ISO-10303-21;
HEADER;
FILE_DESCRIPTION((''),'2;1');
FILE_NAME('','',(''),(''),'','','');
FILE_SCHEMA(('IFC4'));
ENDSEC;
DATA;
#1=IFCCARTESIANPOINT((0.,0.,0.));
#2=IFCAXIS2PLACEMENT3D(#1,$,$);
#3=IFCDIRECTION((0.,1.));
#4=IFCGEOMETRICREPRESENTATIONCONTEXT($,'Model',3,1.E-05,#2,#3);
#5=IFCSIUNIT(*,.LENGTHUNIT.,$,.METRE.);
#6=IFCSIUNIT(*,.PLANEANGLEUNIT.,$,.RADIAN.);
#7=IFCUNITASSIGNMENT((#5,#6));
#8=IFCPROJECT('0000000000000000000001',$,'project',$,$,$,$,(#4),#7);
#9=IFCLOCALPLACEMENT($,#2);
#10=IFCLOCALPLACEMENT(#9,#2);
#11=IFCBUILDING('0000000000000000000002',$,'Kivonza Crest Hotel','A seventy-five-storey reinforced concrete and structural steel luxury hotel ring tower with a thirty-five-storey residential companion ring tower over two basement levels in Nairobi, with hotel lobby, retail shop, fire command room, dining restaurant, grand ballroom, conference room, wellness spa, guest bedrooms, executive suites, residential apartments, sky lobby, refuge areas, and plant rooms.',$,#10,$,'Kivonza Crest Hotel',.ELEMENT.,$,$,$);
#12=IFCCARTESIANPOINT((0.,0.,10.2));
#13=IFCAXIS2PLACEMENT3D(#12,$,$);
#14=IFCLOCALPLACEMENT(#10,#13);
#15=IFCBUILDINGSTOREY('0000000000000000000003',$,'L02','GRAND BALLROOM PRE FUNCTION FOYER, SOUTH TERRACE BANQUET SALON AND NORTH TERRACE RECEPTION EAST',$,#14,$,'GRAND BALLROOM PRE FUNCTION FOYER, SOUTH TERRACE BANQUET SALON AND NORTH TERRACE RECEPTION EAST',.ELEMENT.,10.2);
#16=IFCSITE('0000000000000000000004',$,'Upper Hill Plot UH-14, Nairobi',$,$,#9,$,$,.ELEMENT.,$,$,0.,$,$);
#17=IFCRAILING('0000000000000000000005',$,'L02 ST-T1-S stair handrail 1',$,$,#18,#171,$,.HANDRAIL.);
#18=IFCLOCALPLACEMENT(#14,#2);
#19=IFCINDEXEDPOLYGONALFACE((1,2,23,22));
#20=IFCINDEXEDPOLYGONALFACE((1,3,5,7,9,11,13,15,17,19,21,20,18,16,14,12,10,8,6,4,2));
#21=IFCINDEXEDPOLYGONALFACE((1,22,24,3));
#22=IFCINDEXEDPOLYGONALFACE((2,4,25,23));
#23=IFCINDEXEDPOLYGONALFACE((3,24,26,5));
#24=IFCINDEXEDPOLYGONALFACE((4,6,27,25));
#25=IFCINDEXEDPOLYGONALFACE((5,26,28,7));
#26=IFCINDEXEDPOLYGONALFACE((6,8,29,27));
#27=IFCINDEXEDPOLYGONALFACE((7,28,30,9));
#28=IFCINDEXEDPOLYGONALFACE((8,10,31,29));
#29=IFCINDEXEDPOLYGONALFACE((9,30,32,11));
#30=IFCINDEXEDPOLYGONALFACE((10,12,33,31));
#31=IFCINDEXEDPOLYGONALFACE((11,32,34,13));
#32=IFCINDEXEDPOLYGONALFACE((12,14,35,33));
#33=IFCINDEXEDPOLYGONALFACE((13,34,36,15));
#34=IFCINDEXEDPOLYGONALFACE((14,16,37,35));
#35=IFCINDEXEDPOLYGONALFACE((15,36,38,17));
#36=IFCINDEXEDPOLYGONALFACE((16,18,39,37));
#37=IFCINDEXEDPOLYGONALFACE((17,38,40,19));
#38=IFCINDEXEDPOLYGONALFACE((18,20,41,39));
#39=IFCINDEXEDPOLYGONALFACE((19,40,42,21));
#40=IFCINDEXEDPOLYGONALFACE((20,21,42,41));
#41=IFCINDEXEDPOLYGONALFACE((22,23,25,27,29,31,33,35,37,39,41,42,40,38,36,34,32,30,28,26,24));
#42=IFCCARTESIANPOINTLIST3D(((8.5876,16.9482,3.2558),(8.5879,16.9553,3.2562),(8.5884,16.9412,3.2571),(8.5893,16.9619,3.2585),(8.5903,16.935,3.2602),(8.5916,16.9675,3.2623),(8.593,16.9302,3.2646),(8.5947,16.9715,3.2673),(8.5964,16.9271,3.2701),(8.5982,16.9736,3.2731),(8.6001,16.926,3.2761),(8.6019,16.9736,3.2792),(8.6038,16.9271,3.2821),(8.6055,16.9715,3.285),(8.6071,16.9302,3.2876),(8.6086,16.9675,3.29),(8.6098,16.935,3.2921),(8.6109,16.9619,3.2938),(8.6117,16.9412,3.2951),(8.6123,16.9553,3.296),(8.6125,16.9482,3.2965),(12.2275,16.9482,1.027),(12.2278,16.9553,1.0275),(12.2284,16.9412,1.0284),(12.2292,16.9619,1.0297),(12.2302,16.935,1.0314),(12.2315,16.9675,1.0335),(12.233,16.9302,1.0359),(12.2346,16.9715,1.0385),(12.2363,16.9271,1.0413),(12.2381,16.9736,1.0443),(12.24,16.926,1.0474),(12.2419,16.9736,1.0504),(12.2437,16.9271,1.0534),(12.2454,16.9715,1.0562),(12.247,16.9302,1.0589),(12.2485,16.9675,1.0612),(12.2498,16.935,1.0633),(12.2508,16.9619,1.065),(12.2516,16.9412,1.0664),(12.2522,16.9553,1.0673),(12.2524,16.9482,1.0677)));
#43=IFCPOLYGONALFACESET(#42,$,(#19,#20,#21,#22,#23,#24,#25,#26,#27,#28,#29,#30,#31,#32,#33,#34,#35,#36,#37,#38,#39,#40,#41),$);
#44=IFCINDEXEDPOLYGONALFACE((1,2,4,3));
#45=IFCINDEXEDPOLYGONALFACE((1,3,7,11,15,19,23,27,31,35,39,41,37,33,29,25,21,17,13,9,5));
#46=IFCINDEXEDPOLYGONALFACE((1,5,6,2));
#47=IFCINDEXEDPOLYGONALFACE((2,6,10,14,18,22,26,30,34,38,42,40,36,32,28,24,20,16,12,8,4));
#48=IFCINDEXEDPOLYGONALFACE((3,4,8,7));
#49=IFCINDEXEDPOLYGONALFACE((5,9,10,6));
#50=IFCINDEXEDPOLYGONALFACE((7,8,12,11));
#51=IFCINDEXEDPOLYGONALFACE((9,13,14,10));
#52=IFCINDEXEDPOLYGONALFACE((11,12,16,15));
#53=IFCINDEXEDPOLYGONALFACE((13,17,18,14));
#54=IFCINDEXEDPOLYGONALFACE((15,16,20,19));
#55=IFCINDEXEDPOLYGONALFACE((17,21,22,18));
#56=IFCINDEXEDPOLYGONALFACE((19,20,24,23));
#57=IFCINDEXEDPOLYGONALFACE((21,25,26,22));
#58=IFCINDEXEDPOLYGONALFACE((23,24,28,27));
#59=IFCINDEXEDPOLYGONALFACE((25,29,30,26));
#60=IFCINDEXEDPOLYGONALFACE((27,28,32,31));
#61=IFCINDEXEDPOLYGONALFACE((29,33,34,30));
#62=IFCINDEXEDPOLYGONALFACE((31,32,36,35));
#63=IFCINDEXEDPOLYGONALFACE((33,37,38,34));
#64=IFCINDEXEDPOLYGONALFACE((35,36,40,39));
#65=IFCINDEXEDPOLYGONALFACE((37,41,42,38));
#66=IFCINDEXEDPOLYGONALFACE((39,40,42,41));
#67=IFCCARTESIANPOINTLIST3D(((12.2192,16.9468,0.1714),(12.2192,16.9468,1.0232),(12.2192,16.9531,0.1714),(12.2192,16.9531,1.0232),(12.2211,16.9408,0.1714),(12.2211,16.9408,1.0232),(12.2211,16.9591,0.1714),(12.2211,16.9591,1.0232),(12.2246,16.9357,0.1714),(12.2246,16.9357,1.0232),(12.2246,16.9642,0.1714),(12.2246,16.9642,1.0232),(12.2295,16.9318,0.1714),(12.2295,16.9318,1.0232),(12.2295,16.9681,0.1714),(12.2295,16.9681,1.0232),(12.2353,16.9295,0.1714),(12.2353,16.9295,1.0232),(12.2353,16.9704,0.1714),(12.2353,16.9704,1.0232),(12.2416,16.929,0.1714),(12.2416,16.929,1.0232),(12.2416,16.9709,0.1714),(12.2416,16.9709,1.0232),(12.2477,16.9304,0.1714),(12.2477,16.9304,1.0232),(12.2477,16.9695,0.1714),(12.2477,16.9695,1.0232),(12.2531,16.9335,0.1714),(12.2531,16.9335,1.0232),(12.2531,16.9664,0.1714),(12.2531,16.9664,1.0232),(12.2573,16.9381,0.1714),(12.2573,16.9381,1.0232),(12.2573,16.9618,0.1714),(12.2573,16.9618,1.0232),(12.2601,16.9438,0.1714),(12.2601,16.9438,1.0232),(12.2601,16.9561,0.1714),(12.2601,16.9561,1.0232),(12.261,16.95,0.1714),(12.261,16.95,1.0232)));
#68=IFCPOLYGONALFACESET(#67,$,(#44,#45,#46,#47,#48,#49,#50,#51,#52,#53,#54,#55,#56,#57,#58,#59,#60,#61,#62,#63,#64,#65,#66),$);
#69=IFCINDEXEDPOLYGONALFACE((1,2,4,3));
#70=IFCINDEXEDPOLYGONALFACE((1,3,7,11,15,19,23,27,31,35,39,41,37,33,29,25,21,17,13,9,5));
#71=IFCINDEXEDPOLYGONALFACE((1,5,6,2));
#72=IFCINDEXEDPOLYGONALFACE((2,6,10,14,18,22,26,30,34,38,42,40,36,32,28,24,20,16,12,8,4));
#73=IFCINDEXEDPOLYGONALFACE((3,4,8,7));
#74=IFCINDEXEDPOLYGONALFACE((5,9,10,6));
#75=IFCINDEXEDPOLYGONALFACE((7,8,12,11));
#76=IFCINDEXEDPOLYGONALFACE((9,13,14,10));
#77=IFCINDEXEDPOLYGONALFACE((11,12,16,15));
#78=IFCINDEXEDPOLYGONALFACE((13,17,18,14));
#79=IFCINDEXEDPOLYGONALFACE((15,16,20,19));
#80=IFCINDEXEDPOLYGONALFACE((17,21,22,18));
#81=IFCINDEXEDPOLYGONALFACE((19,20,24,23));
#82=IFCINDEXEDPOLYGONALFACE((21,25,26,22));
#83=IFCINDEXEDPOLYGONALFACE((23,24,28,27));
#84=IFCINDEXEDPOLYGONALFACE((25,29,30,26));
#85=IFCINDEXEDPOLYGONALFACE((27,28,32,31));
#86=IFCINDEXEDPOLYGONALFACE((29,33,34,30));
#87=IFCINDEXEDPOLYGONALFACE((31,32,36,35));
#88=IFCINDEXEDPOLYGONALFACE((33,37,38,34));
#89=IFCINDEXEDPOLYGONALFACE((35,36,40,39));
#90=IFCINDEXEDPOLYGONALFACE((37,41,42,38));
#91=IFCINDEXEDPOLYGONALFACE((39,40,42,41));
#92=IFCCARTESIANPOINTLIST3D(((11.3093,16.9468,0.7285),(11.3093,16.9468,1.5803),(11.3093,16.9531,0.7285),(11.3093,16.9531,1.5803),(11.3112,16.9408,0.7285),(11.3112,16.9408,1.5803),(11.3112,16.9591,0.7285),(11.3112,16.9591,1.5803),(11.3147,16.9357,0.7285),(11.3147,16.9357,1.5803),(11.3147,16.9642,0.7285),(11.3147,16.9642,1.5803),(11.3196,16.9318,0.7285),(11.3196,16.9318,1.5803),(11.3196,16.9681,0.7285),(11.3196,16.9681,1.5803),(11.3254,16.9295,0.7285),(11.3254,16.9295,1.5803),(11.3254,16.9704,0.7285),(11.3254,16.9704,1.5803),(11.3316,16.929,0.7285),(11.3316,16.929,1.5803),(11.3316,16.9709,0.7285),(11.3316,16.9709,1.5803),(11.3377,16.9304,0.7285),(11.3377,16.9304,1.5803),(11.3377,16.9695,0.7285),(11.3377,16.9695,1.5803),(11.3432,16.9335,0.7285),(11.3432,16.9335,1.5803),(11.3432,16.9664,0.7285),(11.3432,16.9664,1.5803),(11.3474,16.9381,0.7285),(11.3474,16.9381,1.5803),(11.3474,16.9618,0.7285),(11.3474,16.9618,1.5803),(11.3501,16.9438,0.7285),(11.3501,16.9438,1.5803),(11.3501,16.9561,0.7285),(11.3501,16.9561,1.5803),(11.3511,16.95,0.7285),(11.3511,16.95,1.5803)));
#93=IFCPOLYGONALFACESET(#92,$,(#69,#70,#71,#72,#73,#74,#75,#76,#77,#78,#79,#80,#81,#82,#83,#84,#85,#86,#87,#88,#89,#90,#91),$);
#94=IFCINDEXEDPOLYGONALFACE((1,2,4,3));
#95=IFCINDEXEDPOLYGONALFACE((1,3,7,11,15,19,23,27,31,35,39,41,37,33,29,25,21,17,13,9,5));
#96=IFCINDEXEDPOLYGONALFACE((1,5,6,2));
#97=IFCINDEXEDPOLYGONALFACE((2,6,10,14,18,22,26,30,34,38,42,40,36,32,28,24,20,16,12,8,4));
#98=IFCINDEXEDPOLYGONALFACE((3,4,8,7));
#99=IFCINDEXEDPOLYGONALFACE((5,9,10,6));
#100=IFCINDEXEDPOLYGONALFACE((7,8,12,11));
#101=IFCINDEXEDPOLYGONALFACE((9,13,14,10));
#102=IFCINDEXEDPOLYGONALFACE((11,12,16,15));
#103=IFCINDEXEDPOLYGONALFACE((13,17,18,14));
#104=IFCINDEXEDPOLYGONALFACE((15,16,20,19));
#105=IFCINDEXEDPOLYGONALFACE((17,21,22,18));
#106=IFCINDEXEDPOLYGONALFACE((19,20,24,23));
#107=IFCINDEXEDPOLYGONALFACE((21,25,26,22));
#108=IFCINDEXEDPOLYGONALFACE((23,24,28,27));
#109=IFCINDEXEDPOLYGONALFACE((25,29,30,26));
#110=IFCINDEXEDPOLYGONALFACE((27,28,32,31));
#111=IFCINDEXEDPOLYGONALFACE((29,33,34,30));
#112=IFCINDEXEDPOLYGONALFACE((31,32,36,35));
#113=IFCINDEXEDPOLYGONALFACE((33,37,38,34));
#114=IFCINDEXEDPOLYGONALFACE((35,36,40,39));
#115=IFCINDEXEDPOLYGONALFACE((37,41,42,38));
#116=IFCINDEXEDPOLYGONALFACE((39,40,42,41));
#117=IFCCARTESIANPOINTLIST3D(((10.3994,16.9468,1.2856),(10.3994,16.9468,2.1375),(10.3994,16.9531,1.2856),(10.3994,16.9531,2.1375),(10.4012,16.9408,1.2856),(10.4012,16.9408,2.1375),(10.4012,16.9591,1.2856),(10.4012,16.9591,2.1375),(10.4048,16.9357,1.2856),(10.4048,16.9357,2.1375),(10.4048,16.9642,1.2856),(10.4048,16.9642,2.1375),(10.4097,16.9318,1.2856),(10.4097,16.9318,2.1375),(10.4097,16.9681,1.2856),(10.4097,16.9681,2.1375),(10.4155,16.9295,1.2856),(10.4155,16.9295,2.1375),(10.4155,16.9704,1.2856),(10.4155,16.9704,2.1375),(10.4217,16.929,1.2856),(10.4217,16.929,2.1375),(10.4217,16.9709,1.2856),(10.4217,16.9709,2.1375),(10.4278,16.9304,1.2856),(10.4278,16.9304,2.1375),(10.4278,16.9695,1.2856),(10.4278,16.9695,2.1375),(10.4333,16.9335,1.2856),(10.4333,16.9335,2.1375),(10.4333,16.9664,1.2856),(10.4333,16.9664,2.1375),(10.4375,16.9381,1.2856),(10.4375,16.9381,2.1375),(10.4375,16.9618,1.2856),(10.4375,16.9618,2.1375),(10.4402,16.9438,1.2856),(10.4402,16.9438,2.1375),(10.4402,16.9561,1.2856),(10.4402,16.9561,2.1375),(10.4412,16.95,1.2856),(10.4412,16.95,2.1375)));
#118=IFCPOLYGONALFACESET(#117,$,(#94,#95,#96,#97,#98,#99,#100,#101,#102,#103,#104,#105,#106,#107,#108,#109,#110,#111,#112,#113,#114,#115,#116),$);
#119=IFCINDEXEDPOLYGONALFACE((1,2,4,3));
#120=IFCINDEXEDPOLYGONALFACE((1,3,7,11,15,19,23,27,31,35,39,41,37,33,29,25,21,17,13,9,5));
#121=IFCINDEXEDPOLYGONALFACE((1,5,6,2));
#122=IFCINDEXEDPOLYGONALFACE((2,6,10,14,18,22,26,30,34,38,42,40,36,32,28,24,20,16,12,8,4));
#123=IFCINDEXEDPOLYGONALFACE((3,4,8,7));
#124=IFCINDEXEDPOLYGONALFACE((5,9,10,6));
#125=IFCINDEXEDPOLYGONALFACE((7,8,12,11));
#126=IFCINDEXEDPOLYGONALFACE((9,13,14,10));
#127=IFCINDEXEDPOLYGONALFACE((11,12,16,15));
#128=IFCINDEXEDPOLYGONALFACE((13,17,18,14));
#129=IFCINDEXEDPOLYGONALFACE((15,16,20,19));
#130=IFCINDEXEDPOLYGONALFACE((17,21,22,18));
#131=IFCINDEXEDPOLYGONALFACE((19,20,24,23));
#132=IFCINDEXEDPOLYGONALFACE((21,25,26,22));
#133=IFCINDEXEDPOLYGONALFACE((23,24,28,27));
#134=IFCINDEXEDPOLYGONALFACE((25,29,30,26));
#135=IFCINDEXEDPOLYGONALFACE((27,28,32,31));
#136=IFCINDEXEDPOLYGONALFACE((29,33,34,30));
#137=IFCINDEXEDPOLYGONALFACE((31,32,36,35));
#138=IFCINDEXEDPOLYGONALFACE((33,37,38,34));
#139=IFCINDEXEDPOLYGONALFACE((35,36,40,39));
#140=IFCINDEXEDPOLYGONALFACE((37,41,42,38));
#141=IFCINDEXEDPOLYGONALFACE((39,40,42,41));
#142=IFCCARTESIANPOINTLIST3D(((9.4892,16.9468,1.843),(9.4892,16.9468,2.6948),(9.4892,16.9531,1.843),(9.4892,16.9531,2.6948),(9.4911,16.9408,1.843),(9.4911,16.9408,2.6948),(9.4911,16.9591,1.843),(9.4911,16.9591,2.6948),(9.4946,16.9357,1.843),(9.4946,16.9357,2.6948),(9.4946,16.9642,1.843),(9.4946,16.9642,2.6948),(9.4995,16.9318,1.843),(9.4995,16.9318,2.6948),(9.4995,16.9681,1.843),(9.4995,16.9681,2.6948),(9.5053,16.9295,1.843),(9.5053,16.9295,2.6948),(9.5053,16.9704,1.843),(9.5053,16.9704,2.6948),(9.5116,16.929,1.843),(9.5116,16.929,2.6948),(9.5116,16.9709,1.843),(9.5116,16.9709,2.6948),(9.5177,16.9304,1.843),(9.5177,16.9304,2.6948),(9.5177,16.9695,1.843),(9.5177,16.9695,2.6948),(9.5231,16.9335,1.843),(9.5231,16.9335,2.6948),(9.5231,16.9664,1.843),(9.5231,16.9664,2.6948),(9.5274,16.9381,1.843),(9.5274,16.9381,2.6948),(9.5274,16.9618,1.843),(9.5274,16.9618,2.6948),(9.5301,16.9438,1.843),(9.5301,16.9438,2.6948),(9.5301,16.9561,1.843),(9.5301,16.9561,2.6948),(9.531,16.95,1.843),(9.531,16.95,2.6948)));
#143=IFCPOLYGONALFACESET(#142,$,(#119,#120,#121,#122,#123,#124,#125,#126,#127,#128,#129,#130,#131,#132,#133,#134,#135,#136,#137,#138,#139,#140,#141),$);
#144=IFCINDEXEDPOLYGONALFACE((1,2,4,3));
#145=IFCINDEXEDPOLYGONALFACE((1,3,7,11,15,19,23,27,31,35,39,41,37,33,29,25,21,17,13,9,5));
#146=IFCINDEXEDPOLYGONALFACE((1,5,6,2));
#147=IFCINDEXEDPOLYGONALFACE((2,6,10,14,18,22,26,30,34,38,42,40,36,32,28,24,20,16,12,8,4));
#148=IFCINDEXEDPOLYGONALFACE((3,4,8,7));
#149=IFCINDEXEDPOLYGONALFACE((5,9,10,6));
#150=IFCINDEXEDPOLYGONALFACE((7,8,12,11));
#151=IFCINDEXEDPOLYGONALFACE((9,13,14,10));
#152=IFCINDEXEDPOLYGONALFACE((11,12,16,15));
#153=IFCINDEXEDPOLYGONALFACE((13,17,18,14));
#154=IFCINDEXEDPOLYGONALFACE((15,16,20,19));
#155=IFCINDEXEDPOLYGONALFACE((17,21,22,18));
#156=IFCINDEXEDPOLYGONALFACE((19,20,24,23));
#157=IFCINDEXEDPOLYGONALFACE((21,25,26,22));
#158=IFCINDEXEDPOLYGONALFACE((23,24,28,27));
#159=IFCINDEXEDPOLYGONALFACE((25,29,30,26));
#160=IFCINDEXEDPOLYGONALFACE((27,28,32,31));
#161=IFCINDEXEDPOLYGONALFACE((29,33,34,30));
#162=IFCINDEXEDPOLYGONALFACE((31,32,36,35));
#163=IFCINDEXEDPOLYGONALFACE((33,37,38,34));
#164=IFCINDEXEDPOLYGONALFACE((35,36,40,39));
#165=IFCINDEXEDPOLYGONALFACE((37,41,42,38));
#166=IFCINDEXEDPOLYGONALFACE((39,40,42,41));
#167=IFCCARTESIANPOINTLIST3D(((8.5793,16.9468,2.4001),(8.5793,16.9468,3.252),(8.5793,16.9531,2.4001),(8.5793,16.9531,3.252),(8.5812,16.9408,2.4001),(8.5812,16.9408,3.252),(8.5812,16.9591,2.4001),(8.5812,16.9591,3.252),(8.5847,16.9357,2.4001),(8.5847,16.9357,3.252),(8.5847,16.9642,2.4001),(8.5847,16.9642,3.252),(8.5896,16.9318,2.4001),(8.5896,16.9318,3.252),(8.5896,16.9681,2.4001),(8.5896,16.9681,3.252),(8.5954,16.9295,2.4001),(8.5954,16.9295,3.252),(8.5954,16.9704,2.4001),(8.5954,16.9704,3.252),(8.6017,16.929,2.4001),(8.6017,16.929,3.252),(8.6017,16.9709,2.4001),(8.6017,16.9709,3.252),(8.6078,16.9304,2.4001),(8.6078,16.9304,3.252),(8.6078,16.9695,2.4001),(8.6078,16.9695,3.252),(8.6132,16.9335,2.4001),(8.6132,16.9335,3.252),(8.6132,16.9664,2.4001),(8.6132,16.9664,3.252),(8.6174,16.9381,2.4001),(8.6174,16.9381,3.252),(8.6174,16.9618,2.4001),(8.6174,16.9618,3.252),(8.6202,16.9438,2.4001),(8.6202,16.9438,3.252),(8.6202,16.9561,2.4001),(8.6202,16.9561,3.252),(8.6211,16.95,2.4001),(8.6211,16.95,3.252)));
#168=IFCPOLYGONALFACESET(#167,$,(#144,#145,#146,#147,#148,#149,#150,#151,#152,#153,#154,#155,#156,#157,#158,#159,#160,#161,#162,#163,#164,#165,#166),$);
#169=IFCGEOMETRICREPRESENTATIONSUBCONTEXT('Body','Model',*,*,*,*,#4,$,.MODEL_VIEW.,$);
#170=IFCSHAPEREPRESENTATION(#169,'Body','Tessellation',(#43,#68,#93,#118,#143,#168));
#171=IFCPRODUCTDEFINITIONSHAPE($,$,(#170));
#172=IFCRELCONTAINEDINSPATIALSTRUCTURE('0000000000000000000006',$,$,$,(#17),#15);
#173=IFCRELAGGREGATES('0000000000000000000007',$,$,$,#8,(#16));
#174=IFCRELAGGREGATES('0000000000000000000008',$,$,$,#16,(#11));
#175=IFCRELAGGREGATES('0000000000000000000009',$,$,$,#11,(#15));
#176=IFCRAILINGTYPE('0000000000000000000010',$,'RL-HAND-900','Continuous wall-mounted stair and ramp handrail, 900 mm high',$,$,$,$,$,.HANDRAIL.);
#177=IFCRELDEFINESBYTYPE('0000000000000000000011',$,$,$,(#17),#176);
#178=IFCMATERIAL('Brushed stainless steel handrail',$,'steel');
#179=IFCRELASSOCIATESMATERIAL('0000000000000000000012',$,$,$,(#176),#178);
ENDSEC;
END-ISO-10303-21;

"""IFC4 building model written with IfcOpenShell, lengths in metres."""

from ifc_helpers import new_model, si_unit, direction, frame, origin, origin_2d, place, context, subcontext, project, spatial, circle, extrude, material, type_object, element, save


model = new_model("IFC4")

# Units and contexts
model_context = context("Model", 3, precision=1e-05, world=origin(), true_north=direction((0.0, 1.0)))
body_context = subcontext(model_context, "Body", "Model", "MODEL_VIEW")
ifc_project = project(units=[si_unit("LENGTHUNIT", "METRE"), si_unit("PLANEANGLEUNIT", "RADIAN")], contexts=[model_context])

# Site, building, storey
site_placement = place(None, origin())
site = spatial("IfcSite", under=ifc_project, at=site_placement, Name="Upper Hill Plot UH-14, Nairobi", CompositionType="ELEMENT", RefElevation=0.0)
building_placement = place(site_placement, origin())
building = spatial("IfcBuilding", under=site, at=building_placement, Name="Kivonza Crest Hotel", Description="A seventy-five-storey reinforced concrete and structural steel luxury hotel ring tower with a thirty-five-storey residential companion ring tower over two basement levels in Nairobi, with hotel lobby, retail shop, fire command room, dining restaurant, grand ballroom, conference room, wellness spa, guest bedrooms, executive suites, residential apartments, sky lobby, refuge areas, and plant rooms.", LongName="Kivonza Crest Hotel", CompositionType="ELEMENT")
storey_placement = place(building_placement, frame((0.0, 0.0, 10.2)))
storey = spatial("IfcBuildingStorey", under=building, at=storey_placement, Name="L02", Description="GRAND BALLROOM PRE FUNCTION FOYER, SOUTH TERRACE BANQUET SALON AND NORTH TERRACE RECEPTION EAST", LongName="GRAND BALLROOM PRE FUNCTION FOYER, SOUTH TERRACE BANQUET SALON AND NORTH TERRACE RECEPTION EAST", CompositionType="ELEMENT", Elevation=10.2)

# Railing
ifc_material_1 = material(Name="Brushed stainless steel handrail", Category="steel")
railing_type_1 = type_object("IfcRailingType", Name="RL-HAND-900", Description="Continuous wall-mounted stair and ramp handrail, 900 mm high", PredefinedType="HANDRAIL", material=ifc_material_1)
railing_1_placement = place(storey_placement, frame((12.24, 16.95, 0.1714)))
element("IfcRailing", 1, at=railing_1_placement, inside=storey, type_object=railing_type_1, Name="L02 ST-T1-S stair handrail 1", PredefinedType="HANDRAIL", context=body_context, shape_type="SweptSolid", body=[
    extrude(circle(Radius=0.0239, at=origin_2d()), frame((0.0, 0.0, 0.876), z_axis=(-0.852825, 0.0, 0.522197), x_axis=(0.0, -1.0, 0.0)), (0.0, 0.0, 1.0), 4.2681),
    extrude(circle(Radius=0.021, at=origin_2d()), origin(), (0.0, 0.0, 1.0), 0.8518),
    extrude(circle(Radius=0.021, at=origin_2d()), frame((-0.9099, 0.0, 0.5571)), (0.0, 0.0, 1.0), 0.8518),
    extrude(circle(Radius=0.021, at=origin_2d()), frame((-1.8198, 0.0, 1.1143)), (0.0, 0.0, 1.0), 0.8518),
    extrude(circle(Radius=0.021, at=origin_2d()), frame((-2.73, 0.0, 1.6716)), (0.0, 0.0, 1.0), 0.8518),
    extrude(circle(Radius=0.021, at=origin_2d()), frame((-3.6399, 0.0, 2.2288)), (0.0, 0.0, 1.0), 0.8518),
])

save(model, "model.ifc")
